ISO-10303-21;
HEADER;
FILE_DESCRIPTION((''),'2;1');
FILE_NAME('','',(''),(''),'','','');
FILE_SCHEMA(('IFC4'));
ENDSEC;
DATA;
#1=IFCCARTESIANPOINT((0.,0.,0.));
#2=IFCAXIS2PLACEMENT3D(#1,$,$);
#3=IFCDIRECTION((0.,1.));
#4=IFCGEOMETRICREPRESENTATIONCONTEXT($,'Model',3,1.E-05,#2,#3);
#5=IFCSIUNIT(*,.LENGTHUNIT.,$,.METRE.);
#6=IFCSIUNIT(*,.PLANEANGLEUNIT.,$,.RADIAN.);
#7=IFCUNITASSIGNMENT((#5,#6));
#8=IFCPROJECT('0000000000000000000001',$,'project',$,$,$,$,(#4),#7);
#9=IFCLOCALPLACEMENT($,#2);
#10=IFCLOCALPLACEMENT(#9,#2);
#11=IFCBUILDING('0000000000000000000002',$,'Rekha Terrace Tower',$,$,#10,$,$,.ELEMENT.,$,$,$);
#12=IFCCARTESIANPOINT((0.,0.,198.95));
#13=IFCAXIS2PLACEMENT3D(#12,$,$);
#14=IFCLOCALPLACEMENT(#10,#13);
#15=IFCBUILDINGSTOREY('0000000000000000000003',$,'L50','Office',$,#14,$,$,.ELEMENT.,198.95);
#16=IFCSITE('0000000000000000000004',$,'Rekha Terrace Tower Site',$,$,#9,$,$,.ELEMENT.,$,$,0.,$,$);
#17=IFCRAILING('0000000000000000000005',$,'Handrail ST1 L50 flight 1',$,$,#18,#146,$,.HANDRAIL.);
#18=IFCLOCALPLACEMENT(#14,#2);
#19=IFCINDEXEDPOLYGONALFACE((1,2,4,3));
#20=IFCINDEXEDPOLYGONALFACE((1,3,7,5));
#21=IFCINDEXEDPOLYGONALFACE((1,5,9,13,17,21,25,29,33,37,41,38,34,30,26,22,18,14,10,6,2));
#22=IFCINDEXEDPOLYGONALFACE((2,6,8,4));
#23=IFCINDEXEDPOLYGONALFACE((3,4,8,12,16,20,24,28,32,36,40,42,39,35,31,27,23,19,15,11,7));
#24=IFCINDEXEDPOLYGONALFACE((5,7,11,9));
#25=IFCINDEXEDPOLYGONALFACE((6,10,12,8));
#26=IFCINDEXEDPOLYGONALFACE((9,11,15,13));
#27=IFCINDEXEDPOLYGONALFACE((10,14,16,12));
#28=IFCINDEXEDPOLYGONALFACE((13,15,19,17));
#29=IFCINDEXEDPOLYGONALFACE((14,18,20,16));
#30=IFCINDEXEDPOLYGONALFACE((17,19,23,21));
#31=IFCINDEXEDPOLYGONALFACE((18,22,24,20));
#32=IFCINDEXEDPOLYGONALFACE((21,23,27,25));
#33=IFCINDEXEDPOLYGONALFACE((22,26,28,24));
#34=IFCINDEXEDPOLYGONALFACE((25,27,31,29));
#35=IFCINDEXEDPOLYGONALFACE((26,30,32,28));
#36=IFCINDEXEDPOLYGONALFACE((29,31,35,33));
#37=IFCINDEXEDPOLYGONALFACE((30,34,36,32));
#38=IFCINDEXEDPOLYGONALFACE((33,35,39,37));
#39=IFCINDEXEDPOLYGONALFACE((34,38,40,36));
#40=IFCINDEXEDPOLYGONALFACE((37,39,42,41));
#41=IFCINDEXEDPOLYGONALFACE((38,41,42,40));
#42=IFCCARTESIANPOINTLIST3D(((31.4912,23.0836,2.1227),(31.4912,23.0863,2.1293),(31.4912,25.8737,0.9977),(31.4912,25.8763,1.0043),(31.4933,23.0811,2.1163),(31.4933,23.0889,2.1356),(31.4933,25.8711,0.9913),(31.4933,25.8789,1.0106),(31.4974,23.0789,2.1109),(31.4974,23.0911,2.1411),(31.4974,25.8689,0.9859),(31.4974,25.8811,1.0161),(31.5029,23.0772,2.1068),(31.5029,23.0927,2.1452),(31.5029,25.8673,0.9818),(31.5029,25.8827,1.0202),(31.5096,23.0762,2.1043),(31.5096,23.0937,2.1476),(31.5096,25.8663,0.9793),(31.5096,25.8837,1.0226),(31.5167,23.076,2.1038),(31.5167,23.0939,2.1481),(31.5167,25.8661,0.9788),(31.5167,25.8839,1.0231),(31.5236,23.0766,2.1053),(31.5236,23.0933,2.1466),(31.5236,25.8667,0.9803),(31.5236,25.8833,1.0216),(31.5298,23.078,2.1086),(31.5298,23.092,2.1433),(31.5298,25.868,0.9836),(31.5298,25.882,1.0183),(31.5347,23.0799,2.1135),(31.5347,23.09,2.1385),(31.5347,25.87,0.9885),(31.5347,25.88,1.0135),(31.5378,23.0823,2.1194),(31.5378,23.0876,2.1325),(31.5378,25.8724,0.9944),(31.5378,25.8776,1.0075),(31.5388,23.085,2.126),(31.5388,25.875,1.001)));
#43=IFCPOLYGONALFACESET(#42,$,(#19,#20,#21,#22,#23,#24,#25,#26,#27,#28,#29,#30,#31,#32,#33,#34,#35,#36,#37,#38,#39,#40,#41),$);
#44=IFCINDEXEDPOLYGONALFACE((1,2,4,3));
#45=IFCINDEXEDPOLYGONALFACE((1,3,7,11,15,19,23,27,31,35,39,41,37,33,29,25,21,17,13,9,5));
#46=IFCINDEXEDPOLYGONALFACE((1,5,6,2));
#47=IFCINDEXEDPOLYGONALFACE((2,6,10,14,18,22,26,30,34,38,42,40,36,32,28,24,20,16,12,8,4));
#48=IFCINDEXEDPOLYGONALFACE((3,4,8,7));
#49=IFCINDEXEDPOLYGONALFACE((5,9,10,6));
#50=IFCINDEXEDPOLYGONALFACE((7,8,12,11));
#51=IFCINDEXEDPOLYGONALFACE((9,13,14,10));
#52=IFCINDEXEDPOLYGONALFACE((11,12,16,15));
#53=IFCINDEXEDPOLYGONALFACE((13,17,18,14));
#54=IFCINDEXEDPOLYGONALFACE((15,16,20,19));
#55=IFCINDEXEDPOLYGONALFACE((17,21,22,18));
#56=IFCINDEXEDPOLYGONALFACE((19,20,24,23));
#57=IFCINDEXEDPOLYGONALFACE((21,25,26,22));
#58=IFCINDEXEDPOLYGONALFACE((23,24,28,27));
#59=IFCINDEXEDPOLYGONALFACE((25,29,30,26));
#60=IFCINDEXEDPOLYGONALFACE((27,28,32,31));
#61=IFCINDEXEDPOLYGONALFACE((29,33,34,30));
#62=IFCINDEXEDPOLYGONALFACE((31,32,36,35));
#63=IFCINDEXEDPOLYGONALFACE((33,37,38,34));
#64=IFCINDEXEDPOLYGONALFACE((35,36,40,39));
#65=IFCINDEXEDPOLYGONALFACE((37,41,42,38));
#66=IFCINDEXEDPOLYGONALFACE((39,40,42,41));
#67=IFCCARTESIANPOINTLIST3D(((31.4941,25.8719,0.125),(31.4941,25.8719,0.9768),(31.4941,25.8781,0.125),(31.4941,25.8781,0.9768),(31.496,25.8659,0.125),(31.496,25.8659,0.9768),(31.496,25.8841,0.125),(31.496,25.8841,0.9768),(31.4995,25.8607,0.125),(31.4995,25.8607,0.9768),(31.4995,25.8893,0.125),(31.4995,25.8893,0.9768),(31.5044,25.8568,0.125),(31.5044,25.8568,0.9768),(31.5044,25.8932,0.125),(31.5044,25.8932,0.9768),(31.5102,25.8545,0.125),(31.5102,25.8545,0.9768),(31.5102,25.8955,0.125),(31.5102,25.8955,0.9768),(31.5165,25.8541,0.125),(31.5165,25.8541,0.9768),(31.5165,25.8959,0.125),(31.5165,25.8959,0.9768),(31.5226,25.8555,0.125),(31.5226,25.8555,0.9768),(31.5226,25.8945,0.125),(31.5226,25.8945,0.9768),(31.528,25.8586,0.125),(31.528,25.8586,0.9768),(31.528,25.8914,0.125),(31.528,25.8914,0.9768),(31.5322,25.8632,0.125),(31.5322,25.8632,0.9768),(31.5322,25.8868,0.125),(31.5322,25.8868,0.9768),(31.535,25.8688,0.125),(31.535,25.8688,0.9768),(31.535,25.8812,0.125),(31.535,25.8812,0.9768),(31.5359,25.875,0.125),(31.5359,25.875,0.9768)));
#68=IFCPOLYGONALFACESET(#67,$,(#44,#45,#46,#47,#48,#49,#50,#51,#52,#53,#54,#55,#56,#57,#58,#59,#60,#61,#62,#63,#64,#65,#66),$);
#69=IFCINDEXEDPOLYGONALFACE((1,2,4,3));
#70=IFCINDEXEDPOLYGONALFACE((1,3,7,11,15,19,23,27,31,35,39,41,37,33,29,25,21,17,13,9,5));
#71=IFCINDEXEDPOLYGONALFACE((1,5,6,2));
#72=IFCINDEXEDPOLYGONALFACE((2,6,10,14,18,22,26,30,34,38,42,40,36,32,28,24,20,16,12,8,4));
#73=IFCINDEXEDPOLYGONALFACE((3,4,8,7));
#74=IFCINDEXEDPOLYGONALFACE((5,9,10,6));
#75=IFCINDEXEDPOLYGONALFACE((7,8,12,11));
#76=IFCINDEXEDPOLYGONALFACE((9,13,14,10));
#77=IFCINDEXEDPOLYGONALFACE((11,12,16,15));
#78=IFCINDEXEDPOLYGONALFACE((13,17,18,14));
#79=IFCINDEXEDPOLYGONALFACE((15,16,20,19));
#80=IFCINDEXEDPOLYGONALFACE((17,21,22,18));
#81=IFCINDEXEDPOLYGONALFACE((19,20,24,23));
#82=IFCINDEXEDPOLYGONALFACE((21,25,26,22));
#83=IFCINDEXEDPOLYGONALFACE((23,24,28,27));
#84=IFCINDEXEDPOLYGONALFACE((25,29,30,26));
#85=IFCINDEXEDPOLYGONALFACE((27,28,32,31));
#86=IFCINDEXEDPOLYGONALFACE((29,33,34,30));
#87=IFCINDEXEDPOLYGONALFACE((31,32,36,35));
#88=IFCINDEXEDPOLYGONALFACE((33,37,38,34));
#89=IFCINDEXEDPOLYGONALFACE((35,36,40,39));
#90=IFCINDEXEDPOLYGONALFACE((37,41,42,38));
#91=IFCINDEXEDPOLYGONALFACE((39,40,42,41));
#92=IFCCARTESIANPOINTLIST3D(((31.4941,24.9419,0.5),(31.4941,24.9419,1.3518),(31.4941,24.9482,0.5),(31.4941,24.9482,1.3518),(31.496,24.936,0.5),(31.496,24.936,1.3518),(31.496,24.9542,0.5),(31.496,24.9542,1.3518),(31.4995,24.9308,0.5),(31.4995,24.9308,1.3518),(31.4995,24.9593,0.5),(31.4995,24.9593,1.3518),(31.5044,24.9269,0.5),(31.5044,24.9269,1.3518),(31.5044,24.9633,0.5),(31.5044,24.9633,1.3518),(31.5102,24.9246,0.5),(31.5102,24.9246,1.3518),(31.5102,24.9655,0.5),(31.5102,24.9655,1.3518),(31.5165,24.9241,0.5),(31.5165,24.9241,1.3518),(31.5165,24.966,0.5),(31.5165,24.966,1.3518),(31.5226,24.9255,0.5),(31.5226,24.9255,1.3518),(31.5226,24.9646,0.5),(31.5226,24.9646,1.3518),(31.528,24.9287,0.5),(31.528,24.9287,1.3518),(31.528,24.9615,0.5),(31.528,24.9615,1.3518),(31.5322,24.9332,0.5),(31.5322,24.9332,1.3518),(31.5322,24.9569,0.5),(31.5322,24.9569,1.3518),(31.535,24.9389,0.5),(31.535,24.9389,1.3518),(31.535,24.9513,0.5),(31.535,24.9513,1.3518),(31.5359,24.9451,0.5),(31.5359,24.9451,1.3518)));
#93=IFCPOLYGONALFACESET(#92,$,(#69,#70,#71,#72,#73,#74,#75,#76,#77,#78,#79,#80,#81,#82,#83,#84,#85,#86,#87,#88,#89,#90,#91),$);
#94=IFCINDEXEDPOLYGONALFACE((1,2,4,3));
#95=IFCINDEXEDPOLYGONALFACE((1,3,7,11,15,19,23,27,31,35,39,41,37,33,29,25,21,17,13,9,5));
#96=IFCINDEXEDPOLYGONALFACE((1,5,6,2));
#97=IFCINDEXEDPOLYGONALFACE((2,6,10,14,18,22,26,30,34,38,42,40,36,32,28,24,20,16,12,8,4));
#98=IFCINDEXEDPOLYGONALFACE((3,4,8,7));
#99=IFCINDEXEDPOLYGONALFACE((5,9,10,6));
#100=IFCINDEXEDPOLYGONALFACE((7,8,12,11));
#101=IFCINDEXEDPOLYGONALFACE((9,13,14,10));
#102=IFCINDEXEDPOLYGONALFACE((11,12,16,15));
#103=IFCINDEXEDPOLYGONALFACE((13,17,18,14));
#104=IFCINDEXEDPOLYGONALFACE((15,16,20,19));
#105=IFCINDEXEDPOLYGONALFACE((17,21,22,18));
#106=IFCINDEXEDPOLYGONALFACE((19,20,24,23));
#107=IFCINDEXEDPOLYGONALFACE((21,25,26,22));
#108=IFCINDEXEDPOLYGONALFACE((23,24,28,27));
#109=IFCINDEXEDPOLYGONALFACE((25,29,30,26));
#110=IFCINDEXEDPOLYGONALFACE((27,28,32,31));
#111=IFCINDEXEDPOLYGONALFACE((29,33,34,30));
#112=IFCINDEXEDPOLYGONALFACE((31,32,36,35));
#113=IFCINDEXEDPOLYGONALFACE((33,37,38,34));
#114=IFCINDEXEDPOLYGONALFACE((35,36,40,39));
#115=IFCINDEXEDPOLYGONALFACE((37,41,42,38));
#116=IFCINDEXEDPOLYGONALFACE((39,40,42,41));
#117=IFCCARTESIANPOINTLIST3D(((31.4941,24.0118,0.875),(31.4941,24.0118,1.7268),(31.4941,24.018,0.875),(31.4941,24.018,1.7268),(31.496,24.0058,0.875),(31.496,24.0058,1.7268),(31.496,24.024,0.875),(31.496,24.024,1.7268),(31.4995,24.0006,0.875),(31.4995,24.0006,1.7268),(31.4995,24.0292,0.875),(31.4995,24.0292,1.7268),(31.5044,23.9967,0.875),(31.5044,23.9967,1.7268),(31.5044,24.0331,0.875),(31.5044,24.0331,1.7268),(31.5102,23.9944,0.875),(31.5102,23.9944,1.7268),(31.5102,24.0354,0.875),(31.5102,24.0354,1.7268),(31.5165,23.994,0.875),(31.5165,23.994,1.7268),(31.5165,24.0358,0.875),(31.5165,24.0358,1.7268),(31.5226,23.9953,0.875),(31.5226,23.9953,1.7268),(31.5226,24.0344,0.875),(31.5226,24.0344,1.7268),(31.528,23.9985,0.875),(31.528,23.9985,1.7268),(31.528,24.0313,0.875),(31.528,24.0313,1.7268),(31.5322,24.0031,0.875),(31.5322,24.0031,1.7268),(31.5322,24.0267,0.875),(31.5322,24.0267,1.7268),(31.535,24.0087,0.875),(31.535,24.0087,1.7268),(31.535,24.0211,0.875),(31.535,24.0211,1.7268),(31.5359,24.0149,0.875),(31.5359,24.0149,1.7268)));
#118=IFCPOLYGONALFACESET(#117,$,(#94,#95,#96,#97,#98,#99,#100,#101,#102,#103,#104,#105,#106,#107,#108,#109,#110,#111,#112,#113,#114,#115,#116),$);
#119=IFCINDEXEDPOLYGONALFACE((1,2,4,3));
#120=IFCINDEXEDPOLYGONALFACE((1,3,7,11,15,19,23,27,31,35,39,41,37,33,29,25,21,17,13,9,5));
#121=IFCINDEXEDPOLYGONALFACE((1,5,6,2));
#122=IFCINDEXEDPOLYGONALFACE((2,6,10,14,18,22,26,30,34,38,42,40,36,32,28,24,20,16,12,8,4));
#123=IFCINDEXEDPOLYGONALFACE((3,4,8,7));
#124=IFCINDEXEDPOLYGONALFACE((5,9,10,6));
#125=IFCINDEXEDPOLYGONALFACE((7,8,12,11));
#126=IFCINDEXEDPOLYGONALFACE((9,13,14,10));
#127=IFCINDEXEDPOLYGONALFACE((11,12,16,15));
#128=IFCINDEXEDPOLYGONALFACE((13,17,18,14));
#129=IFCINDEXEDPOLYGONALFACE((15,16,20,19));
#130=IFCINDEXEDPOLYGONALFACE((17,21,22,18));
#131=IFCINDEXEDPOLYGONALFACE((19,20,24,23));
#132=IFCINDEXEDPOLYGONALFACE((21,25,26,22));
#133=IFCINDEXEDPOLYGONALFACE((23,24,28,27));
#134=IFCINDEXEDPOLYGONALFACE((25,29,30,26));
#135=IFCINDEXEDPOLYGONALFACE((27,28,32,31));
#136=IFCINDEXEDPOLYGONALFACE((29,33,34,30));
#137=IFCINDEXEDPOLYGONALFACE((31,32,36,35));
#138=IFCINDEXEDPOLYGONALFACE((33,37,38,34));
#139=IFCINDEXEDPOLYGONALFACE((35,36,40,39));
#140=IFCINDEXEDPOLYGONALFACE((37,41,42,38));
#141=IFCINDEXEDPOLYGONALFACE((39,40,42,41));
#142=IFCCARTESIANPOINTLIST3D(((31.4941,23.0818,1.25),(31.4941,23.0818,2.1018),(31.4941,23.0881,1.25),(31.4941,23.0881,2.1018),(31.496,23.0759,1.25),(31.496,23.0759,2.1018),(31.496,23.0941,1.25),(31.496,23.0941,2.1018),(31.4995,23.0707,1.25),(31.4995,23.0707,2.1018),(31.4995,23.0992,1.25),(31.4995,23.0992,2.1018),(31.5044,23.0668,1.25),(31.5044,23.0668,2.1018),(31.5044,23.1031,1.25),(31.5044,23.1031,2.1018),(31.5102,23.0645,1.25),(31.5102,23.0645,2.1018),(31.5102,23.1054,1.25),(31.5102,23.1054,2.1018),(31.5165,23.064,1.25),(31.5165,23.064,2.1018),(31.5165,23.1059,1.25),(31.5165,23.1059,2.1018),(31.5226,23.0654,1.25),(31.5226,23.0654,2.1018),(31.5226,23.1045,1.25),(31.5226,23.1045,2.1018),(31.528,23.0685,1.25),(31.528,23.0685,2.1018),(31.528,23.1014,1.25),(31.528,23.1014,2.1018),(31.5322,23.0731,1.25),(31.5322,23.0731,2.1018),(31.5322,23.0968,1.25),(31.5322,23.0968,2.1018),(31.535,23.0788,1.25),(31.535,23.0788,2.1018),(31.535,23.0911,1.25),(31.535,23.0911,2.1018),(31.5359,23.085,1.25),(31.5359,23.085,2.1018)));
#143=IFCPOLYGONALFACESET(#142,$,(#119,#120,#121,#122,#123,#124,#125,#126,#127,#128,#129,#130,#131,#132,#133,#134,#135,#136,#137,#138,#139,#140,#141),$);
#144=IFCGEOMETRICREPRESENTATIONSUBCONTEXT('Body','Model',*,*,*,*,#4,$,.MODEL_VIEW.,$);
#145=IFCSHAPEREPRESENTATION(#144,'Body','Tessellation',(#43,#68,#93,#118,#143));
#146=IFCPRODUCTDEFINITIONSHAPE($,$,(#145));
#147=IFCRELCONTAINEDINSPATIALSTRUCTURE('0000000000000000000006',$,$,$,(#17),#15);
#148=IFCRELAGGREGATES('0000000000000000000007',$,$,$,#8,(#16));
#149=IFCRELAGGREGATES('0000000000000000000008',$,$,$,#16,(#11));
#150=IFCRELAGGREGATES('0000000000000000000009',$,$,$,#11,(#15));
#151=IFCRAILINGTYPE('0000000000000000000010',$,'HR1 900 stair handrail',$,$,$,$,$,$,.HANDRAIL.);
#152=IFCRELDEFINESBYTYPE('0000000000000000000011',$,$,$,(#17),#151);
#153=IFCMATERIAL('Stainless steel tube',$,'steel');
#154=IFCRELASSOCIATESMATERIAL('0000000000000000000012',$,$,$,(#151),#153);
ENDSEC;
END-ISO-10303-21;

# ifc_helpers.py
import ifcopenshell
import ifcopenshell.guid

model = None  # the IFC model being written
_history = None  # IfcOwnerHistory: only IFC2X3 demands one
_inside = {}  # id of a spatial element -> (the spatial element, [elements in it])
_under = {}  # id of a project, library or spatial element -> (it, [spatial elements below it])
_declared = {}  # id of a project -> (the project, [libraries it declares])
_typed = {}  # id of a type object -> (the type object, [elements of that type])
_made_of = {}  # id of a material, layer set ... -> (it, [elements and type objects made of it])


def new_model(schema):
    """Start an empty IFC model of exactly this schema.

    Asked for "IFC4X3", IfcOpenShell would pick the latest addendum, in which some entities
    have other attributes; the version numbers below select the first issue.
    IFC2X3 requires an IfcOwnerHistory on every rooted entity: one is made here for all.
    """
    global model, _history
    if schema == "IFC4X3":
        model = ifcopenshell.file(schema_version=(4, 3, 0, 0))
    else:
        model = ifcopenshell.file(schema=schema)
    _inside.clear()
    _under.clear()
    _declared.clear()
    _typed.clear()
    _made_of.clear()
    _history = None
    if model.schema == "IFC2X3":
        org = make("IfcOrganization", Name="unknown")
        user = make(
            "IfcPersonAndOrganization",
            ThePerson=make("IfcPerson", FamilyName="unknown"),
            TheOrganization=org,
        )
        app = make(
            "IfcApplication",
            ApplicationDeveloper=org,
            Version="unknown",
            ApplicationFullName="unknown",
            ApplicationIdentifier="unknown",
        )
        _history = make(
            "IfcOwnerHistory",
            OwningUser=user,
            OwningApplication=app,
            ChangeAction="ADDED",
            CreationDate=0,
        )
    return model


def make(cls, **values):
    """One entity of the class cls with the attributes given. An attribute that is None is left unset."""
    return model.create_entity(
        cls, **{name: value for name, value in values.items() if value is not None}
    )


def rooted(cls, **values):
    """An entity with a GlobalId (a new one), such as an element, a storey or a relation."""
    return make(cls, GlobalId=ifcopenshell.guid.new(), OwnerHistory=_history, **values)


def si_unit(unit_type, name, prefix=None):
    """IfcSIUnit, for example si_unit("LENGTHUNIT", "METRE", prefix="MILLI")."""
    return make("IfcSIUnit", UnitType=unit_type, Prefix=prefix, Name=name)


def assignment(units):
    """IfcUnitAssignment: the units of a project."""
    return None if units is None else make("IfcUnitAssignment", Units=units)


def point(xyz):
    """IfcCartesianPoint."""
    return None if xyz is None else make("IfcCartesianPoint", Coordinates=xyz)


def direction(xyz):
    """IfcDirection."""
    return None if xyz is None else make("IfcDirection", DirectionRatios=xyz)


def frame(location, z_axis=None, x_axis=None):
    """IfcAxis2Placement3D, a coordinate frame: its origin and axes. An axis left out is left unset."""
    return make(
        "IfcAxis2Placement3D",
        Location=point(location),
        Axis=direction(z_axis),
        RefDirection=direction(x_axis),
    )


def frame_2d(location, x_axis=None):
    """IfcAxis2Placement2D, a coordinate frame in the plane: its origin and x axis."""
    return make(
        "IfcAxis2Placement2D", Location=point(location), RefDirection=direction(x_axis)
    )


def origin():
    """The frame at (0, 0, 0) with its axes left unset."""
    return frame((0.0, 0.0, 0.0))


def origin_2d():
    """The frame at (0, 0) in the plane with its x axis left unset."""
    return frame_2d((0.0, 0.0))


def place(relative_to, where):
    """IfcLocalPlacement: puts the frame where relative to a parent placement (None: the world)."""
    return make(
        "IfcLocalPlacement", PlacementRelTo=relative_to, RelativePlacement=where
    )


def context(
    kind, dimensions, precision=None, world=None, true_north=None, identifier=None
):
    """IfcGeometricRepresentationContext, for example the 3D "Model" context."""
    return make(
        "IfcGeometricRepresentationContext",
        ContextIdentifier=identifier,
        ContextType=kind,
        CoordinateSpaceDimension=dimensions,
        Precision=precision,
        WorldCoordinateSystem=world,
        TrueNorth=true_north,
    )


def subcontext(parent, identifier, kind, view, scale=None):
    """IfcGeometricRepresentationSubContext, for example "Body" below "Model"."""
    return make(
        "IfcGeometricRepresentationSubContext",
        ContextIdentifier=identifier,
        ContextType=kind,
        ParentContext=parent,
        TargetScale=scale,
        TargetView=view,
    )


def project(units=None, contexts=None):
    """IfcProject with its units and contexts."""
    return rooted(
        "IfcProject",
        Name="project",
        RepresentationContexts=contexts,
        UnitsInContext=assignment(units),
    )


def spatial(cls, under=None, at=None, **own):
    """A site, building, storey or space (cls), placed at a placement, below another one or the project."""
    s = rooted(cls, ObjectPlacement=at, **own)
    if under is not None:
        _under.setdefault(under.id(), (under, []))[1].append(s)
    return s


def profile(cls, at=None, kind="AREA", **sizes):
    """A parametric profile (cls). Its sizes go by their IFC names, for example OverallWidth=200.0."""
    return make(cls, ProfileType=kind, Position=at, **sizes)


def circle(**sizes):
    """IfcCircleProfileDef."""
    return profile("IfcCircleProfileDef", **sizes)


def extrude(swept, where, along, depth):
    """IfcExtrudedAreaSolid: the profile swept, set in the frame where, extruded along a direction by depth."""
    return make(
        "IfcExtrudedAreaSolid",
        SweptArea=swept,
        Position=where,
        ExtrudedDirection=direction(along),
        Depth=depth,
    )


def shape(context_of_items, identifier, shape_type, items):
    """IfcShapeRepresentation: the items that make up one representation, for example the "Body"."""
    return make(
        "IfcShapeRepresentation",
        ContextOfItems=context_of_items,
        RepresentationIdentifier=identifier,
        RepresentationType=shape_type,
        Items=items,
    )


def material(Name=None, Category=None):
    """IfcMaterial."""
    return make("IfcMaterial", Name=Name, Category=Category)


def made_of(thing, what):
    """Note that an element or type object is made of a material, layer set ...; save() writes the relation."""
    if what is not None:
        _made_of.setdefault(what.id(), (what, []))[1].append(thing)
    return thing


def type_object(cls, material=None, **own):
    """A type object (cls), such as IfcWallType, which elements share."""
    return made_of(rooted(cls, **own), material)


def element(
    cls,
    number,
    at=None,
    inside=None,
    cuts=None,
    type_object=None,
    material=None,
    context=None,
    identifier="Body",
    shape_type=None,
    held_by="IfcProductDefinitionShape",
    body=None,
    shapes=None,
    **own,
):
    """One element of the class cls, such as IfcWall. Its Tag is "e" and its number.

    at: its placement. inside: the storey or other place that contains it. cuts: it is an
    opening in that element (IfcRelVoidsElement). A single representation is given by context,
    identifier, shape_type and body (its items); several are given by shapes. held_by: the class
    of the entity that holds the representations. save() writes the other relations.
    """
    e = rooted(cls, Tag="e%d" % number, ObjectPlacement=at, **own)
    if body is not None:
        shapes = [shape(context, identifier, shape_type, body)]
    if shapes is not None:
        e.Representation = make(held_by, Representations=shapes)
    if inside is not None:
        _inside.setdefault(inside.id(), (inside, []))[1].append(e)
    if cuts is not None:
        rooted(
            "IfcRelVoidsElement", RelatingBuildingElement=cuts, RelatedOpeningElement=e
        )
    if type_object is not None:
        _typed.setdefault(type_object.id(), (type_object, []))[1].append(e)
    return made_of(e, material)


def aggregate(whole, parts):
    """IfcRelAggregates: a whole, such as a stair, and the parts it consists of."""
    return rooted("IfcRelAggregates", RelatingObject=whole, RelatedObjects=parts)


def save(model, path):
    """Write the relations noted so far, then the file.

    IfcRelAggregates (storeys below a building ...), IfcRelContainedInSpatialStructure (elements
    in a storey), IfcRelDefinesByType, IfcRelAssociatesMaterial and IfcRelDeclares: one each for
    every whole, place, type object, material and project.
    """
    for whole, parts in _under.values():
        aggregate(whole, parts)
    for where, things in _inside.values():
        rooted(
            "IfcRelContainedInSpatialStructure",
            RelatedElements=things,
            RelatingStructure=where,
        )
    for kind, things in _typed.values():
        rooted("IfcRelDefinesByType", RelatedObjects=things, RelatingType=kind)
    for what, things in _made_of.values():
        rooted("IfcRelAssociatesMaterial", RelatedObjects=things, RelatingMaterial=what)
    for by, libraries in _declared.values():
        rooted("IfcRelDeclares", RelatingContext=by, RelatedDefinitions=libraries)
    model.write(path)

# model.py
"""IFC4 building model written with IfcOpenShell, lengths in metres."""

from ifc_helpers import new_model, si_unit, direction, frame, origin, origin_2d, place, context, subcontext, project, spatial, circle, extrude, material, type_object, element, save


model = new_model("IFC4")

# Units and contexts
model_context = context("Model", 3, precision=1e-05, world=origin(), true_north=direction((0.0, 1.0)))
body_context = subcontext(model_context, "Body", "Model", "MODEL_VIEW")
ifc_project = project(units=[si_unit("LENGTHUNIT", "METRE"), si_unit("PLANEANGLEUNIT", "RADIAN")], contexts=[model_context])

# Site, building, storey
site_placement = place(None, origin())
site = spatial("IfcSite", under=ifc_project, at=site_placement, Name="Rekha Terrace Tower Site", CompositionType="ELEMENT", RefElevation=0.0)
building_placement = place(site_placement, origin())
building = spatial("IfcBuilding", under=site, at=building_placement, Name="Rekha Terrace Tower", CompositionType="ELEMENT")
storey_placement = place(building_placement, frame((0.0, 0.0, 198.95)))
storey = spatial("IfcBuildingStorey", under=building, at=storey_placement, Name="L50", Description="Office", CompositionType="ELEMENT", Elevation=198.95)

# Railing
ifc_material_1 = material(Name="Stainless steel tube", Category="steel")
railing_type_1 = type_object("IfcRailingType", Name="HR1 900 stair handrail", PredefinedType="HANDRAIL", material=ifc_material_1)
railing_1_placement = place(storey_placement, frame((31.5149, 25.875, 0.125)))
element("IfcRailing", 1, at=railing_1_placement, inside=storey, type_object=railing_type_1, Name="Handrail ST1 L50 flight 1", PredefinedType="HANDRAIL", context=body_context, shape_type="SweptSolid", body=[
    extrude(circle(Radius=0.0239, at=origin_2d()), frame((0.0, 0.0, 0.876), z_axis=(0.0, -0.927443, 0.373964), x_axis=(1.0, 0.0, 0.0)), (0.0, 0.0, 1.0), 3.0083),
    extrude(circle(Radius=0.021, at=origin_2d()), origin(), (0.0, 0.0, 1.0), 0.8518),
    extrude(circle(Radius=0.021, at=origin_2d()), frame((0.0, -0.9299, 0.375)), (0.0, 0.0, 1.0), 0.8518),
    extrude(circle(Radius=0.021, at=origin_2d()), frame((0.0, -1.8601, 0.75)), (0.0, 0.0, 1.0), 0.8518),
    extrude(circle(Radius=0.021, at=origin_2d()), frame((0.0, -2.79, 1.125)), (0.0, 0.0, 1.0), 0.8518),
])

save(model, "model.ifc")
